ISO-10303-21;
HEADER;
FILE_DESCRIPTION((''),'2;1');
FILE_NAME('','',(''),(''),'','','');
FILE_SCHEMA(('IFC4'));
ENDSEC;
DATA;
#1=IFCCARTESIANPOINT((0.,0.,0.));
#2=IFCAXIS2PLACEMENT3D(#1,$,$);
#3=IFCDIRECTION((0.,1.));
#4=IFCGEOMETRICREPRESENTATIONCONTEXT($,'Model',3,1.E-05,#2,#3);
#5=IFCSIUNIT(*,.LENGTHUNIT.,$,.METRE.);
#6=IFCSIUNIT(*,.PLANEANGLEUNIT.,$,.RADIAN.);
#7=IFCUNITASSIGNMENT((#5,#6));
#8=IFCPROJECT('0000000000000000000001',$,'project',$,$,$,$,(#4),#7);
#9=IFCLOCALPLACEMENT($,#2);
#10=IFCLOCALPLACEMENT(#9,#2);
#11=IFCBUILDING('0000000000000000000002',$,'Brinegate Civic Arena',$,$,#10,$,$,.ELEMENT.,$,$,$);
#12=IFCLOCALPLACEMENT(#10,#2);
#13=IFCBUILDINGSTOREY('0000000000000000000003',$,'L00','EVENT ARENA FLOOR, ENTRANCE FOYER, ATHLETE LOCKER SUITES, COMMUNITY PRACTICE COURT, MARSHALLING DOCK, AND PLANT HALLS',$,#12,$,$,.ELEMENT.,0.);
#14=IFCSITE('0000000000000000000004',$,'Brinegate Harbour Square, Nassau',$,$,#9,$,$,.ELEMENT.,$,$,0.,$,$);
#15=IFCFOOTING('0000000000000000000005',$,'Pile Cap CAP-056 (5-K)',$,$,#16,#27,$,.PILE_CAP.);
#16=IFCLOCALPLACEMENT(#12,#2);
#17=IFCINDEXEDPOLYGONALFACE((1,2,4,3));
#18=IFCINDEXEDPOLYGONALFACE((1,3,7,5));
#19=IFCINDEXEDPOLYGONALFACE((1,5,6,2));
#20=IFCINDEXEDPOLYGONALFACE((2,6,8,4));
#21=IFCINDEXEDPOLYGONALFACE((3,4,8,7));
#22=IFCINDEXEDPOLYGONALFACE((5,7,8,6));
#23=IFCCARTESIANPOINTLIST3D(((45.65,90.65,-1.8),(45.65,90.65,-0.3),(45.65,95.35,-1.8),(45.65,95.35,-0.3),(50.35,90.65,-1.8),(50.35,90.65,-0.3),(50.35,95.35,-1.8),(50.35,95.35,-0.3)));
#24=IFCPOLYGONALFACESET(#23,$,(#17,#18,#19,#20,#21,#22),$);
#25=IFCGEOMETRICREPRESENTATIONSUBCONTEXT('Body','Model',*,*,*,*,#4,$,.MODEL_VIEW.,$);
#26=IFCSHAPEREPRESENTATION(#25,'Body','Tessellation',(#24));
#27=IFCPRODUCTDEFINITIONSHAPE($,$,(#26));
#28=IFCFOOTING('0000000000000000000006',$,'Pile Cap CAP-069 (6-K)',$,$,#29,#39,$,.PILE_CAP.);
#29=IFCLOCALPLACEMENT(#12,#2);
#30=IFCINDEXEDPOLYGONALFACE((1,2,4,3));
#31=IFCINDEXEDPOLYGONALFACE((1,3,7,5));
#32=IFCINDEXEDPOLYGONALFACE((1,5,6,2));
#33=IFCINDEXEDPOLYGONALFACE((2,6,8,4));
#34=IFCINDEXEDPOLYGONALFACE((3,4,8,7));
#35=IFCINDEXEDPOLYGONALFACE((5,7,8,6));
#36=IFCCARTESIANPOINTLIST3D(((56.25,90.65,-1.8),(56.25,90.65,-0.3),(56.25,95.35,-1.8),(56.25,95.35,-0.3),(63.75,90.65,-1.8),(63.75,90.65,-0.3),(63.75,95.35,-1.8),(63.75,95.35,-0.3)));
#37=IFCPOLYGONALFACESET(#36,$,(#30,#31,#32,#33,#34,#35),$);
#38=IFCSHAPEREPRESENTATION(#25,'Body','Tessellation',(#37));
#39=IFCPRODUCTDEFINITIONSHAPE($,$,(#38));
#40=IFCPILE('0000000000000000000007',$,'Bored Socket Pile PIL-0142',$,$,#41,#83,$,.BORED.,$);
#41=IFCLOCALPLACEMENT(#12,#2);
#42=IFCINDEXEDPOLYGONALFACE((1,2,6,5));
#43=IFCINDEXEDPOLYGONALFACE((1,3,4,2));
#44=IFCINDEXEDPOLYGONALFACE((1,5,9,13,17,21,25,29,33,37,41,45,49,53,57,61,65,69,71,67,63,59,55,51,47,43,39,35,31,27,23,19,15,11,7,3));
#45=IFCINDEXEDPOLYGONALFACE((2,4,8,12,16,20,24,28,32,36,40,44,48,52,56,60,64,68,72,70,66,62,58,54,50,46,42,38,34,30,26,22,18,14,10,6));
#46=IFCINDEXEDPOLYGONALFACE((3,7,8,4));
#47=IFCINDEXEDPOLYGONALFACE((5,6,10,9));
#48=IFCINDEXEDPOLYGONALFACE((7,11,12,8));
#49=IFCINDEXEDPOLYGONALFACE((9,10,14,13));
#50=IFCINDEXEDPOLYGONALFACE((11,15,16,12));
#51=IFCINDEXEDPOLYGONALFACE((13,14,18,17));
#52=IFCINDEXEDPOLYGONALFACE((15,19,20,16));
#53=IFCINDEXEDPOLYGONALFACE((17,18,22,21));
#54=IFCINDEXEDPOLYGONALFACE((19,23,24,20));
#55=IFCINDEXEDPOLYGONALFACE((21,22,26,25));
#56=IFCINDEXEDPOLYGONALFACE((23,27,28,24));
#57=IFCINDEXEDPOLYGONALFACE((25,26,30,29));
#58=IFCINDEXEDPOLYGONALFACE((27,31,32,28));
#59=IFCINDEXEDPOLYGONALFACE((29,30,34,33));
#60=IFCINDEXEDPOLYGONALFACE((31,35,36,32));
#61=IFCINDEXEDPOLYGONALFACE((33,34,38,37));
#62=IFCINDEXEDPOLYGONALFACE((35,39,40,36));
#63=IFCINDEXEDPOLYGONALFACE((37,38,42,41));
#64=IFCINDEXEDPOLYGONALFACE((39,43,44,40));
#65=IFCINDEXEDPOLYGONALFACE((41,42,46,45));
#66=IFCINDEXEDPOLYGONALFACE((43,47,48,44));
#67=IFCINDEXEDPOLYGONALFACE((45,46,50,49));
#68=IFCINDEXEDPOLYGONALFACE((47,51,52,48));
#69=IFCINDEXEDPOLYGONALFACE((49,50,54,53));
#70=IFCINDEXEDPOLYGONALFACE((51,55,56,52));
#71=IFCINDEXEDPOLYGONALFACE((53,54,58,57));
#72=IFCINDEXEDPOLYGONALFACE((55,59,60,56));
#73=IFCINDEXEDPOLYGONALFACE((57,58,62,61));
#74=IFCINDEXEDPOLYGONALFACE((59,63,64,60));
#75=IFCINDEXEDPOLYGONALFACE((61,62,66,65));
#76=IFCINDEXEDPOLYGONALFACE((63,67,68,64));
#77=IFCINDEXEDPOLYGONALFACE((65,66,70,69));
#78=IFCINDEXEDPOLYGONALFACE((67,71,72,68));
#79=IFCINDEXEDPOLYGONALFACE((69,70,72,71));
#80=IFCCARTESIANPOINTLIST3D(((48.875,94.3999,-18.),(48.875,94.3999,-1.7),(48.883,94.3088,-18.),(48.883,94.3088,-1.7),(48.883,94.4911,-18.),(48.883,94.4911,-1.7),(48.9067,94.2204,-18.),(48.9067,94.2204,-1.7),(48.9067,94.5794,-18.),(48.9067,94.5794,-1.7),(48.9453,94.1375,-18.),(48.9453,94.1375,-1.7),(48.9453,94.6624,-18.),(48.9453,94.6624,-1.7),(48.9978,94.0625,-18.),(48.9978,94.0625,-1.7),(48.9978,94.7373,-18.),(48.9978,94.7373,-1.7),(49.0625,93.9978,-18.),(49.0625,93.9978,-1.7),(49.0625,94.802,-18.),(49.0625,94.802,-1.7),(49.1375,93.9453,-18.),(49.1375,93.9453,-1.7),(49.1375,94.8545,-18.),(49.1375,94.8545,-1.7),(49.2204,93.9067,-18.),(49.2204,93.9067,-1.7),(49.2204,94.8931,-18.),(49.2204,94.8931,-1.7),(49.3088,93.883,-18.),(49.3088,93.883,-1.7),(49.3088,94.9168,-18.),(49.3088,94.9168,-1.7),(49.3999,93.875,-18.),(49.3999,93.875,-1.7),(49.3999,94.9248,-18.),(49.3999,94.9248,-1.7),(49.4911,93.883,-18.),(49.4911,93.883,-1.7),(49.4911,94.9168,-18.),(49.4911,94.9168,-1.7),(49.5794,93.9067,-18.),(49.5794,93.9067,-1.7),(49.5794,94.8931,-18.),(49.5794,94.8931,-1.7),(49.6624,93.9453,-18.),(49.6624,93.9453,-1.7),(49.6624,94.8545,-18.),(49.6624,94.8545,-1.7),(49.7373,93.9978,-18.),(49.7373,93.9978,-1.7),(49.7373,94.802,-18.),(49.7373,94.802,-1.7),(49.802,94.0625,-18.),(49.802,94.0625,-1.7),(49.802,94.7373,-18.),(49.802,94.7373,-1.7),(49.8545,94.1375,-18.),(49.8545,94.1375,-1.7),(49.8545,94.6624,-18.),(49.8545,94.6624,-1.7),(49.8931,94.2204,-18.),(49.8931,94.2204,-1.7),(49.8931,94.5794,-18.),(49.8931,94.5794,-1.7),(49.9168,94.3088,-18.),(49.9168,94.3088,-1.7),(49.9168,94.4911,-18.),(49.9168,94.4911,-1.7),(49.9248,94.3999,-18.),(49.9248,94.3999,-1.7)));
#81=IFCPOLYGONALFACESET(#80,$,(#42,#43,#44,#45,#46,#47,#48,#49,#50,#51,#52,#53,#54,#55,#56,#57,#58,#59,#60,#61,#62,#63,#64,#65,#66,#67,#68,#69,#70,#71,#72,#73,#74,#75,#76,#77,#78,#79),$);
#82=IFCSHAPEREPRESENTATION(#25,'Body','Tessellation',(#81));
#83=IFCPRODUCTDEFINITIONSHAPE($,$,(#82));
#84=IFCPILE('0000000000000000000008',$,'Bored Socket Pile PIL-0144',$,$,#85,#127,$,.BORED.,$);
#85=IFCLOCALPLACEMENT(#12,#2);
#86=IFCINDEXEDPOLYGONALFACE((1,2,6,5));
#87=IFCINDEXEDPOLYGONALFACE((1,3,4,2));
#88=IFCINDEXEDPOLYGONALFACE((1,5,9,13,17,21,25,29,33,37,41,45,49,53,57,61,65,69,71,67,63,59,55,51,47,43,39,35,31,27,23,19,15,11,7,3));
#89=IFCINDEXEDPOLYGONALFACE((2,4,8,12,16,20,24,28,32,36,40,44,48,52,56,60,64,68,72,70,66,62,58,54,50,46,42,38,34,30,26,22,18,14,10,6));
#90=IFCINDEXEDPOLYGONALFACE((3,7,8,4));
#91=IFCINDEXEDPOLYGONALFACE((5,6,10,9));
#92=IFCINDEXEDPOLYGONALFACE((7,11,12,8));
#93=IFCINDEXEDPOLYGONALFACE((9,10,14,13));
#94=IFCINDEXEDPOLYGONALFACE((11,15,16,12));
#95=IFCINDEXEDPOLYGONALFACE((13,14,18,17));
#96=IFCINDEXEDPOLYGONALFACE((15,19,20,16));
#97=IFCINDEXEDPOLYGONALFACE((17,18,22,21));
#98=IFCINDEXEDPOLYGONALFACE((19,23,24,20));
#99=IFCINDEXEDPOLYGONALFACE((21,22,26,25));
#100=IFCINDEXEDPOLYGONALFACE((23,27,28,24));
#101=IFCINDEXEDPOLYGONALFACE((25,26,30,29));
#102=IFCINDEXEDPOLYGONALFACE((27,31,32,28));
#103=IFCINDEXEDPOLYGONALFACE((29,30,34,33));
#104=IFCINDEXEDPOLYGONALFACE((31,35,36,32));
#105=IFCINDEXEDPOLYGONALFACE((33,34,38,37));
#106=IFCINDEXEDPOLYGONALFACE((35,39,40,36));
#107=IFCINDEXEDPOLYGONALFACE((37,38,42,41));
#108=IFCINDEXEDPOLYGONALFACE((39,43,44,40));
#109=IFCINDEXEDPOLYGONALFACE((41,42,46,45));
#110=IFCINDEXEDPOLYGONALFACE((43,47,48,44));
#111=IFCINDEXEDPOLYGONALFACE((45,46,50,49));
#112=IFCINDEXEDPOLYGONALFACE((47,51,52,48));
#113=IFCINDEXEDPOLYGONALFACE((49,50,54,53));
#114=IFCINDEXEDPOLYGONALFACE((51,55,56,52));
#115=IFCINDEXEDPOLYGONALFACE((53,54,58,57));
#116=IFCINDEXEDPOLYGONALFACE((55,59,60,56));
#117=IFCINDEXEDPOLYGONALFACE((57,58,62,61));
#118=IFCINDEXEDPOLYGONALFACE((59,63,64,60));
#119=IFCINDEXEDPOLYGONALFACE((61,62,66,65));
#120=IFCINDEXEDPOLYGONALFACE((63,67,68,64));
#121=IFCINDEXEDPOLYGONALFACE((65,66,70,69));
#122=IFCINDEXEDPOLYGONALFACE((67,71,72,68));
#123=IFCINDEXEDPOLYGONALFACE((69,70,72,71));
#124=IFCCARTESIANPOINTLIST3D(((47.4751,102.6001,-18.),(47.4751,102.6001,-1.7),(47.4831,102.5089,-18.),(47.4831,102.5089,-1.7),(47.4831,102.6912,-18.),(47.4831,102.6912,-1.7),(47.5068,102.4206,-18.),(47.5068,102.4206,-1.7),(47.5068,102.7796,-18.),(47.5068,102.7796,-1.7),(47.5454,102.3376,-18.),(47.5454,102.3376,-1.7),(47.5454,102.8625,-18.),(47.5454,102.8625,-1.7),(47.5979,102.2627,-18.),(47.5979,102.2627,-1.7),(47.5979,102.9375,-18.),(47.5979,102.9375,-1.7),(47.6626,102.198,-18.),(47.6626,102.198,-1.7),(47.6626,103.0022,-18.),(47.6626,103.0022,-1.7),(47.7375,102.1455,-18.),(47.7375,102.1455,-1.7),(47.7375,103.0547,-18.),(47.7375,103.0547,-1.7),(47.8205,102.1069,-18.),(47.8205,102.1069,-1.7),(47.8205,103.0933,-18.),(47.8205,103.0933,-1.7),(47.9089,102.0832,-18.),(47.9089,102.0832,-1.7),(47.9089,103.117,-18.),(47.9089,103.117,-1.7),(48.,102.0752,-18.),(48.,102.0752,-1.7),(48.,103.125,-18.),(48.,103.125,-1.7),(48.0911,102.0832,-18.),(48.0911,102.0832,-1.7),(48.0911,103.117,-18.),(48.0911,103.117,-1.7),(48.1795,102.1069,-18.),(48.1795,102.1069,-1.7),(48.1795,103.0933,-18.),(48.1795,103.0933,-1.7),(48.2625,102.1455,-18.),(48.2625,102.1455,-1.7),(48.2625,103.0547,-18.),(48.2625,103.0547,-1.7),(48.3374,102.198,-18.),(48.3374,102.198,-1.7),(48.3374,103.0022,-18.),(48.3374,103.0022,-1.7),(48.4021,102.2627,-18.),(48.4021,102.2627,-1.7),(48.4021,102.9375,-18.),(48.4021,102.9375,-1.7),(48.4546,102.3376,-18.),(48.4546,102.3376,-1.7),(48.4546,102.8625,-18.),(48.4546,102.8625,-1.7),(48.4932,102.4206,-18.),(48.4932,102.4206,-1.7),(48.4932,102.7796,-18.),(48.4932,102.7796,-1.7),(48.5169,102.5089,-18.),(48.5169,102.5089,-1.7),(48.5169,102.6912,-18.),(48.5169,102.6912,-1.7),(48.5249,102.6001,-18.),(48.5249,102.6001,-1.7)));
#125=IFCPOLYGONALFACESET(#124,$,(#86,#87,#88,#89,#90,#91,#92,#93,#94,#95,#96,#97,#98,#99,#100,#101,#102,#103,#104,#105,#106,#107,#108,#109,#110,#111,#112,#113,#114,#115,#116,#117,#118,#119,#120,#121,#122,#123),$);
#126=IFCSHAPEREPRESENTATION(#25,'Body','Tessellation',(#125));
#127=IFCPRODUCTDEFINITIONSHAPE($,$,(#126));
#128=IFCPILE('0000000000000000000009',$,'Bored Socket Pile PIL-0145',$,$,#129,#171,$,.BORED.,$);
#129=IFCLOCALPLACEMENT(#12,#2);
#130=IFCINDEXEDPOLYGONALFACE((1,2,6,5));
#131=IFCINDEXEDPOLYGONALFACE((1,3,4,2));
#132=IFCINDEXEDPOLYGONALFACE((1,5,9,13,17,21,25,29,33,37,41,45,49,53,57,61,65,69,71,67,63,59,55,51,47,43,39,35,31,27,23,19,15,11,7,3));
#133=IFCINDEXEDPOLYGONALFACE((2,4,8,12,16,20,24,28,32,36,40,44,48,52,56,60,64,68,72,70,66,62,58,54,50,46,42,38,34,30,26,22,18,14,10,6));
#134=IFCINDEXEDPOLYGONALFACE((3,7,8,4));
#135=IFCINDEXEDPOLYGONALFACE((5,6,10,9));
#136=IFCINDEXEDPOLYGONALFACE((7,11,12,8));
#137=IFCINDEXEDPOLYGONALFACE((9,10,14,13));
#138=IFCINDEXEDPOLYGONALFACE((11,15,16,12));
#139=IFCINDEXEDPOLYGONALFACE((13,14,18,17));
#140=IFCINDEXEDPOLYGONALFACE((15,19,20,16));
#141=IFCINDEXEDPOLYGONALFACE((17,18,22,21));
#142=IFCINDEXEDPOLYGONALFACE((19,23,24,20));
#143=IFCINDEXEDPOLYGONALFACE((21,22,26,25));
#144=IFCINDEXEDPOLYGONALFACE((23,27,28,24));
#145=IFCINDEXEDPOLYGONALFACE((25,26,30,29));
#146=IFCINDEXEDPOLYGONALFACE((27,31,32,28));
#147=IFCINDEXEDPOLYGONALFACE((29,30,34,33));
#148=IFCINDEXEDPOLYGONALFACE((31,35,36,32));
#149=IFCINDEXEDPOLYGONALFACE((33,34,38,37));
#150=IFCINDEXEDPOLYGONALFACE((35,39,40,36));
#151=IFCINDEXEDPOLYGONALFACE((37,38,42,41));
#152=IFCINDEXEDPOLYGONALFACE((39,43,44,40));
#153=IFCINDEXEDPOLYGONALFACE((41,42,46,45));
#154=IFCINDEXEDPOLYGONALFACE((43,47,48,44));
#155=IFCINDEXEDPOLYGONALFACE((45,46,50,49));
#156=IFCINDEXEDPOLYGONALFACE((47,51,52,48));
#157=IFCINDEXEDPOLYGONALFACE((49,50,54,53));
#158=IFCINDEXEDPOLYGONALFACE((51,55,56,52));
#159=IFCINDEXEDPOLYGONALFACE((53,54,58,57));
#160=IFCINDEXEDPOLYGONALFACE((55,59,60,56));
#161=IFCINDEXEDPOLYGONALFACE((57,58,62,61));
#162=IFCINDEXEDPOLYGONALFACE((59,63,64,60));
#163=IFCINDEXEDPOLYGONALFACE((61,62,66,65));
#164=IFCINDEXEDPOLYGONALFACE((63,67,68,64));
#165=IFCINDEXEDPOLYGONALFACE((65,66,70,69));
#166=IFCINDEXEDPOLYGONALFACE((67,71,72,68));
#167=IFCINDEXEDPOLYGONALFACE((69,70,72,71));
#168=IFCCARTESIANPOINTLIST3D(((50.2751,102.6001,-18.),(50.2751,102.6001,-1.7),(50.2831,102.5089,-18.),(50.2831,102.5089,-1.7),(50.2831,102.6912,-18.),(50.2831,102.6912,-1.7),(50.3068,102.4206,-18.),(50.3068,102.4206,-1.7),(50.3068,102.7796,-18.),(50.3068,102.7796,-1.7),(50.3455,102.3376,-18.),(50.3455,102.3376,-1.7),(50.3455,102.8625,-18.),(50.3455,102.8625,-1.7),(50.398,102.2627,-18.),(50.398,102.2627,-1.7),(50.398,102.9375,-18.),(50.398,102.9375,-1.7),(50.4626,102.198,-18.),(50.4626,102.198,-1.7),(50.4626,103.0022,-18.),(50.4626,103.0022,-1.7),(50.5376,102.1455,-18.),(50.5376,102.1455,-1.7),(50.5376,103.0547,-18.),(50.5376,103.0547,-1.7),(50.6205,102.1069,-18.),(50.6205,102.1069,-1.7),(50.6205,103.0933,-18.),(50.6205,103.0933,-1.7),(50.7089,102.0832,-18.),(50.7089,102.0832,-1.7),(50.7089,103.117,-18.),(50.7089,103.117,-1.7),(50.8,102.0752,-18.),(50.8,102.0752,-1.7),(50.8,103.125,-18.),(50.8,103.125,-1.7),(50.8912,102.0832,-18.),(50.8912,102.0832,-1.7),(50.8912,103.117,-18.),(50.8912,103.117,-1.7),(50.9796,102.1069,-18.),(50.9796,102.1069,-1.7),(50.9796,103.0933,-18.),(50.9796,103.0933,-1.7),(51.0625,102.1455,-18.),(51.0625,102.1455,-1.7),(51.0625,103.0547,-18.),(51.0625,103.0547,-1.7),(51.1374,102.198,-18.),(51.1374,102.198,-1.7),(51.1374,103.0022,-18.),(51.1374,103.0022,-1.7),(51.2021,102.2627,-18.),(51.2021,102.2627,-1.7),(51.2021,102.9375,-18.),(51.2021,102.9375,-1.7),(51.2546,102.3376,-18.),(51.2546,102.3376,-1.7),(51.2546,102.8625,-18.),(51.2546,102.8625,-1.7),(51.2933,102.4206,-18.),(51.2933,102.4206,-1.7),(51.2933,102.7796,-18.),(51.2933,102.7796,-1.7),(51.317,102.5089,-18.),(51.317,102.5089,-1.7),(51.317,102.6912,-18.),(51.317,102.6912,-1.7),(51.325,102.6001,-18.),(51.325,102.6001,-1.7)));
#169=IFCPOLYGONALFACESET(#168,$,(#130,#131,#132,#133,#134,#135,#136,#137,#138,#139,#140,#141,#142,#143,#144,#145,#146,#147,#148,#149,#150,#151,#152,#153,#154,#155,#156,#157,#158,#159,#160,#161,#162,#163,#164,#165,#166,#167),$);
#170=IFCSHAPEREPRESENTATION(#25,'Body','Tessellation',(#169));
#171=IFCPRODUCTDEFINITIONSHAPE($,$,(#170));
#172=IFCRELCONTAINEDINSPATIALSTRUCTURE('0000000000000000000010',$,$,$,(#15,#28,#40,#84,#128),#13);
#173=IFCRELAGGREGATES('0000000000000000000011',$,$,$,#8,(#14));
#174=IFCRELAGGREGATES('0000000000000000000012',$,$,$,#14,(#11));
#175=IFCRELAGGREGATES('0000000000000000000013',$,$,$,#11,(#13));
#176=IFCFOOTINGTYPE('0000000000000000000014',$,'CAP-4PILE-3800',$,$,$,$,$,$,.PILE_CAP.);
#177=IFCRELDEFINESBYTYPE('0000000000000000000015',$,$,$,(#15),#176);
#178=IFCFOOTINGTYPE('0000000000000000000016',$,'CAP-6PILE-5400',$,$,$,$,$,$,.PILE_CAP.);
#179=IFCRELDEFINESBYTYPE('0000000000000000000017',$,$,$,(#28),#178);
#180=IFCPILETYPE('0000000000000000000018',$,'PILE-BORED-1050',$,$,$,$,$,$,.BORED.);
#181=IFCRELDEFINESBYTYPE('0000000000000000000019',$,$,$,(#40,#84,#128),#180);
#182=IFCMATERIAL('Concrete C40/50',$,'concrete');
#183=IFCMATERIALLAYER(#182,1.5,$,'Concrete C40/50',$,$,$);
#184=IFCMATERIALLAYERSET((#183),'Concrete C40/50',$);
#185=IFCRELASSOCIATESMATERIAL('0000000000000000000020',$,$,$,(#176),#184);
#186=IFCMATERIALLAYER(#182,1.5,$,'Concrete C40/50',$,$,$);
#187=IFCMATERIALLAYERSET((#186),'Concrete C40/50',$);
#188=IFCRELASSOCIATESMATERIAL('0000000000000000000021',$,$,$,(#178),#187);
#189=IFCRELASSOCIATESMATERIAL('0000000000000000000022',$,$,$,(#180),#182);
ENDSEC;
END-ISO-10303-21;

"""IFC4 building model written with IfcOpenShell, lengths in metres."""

from ifc_helpers import new_model, si_unit, direction, frame, origin, origin_2d, place, context, subcontext, project, spatial, rectangle, circle, extrude, material, layer, layer_set, material_profile, profile_set, type_object, element, save


model = new_model("IFC4")

# Units and contexts
model_context = context("Model", 3, precision=1e-05, world=origin(), true_north=direction((0.0, 1.0)))
body_context = subcontext(model_context, "Body", "Model", "MODEL_VIEW")
ifc_project = project(units=[si_unit("LENGTHUNIT", "METRE"), si_unit("PLANEANGLEUNIT", "RADIAN")], contexts=[model_context])

# Site, building, storey
site_placement = place(None, origin())
site = spatial("IfcSite", under=ifc_project, at=site_placement, Name="Brinegate Harbour Square, Nassau", CompositionType="ELEMENT", RefElevation=0.0)
building_placement = place(site_placement, origin())
building = spatial("IfcBuilding", under=site, at=building_placement, Name="Brinegate Civic Arena", CompositionType="ELEMENT")
storey_placement = place(building_placement, origin())
storey = spatial("IfcBuildingStorey", under=building, at=storey_placement, Name="L00", Description="EVENT ARENA FLOOR, ENTRANCE FOYER, ATHLETE LOCKER SUITES, COMMUNITY PRACTICE COURT, MARSHALLING DOCK, AND PLANT HALLS", CompositionType="ELEMENT", Elevation=0.0)

# Footings
ifc_material_1 = material(Name="Concrete C40/50", Category="concrete")
ifc_layer_1 = layer(ifc_material_1, 1.5, Name="Concrete C40/50")
ifc_layer_set_1 = layer_set([ifc_layer_1], Name="Concrete C40/50")
footing_type_1 = type_object("IfcFootingType", Name="CAP-4PILE-3800", PredefinedType="PILE_CAP", material=ifc_layer_set_1)
footing_1_placement = place(storey_placement, frame((48.0, 93.0, -1.8), z_axis=(0.0, 0.0, 1.0), x_axis=(1.0, 0.0, 0.0)))
element("IfcFooting", 1, at=footing_1_placement, inside=storey, type_object=footing_type_1, Name="Pile Cap CAP-056 (5-K)", PredefinedType="PILE_CAP", context=body_context, shape_type="SweptSolid", body=[
    extrude(rectangle(XDim=4.7, YDim=4.7, at=origin_2d()), origin(), (0.0, 0.0, 1.0), 1.5),
])
ifc_layer_2 = layer(ifc_material_1, 1.5, Name="Concrete C40/50")
ifc_layer_set_2 = layer_set([ifc_layer_2], Name="Concrete C40/50")
footing_type_2 = type_object("IfcFootingType", Name="CAP-6PILE-5400", PredefinedType="PILE_CAP", material=ifc_layer_set_2)
footing_2_placement = place(storey_placement, frame((60.0, 93.0, -1.8), z_axis=(0.0, 0.0, 1.0), x_axis=(1.0, 0.0, 0.0)))
element("IfcFooting", 2, at=footing_2_placement, inside=storey, type_object=footing_type_2, Name="Pile Cap CAP-069 (6-K)", PredefinedType="PILE_CAP", context=body_context, shape_type="SweptSolid", body=[
    extrude(rectangle(XDim=7.5, YDim=4.7, at=origin_2d()), origin(), (0.0, 0.0, 1.0), 1.5),
])

# Piles
ifc_material_profile_1 = material_profile(ifc_material_1, circle(Radius=0.5249, at=origin_2d()), Name="PILED1050")
ifc_profile_set_1 = profile_set([ifc_material_profile_1], Name="Concrete C40/50")
pile_type_1 = type_object("IfcPileType", Name="PILE-BORED-1050", PredefinedType="BORED", material=ifc_profile_set_1)
for number, where, z_axis, x_axis, name in (
    (3, (49.3999, 94.3999, -1.7), (0.0, 0.0, -1.0), (1.0, 0.0, 0.0), "Bored Socket Pile PIL-0142"),
    (4, (48.0, 102.6001, -1.7), (0.0, 0.0, -1.0), (1.0, 0.0, 0.0), "Bored Socket Pile PIL-0144"),
    (5, (50.8, 102.6001, -1.7), (0.0, 0.0, -1.0), (1.0, 0.0, 0.0), "Bored Socket Pile PIL-0145"),
):
    element("IfcPile", number, at=place(storey_placement, frame(where, z_axis=z_axis, x_axis=x_axis)), inside=storey, type_object=pile_type_1, Name=name, PredefinedType="BORED", context=body_context, shape_type="SweptSolid", body=[
        extrude(circle(Radius=0.5249, at=origin_2d()), origin(), (0.0, 0.0, 1.0), 16.3),
    ])

save(model, "model.ifc")
